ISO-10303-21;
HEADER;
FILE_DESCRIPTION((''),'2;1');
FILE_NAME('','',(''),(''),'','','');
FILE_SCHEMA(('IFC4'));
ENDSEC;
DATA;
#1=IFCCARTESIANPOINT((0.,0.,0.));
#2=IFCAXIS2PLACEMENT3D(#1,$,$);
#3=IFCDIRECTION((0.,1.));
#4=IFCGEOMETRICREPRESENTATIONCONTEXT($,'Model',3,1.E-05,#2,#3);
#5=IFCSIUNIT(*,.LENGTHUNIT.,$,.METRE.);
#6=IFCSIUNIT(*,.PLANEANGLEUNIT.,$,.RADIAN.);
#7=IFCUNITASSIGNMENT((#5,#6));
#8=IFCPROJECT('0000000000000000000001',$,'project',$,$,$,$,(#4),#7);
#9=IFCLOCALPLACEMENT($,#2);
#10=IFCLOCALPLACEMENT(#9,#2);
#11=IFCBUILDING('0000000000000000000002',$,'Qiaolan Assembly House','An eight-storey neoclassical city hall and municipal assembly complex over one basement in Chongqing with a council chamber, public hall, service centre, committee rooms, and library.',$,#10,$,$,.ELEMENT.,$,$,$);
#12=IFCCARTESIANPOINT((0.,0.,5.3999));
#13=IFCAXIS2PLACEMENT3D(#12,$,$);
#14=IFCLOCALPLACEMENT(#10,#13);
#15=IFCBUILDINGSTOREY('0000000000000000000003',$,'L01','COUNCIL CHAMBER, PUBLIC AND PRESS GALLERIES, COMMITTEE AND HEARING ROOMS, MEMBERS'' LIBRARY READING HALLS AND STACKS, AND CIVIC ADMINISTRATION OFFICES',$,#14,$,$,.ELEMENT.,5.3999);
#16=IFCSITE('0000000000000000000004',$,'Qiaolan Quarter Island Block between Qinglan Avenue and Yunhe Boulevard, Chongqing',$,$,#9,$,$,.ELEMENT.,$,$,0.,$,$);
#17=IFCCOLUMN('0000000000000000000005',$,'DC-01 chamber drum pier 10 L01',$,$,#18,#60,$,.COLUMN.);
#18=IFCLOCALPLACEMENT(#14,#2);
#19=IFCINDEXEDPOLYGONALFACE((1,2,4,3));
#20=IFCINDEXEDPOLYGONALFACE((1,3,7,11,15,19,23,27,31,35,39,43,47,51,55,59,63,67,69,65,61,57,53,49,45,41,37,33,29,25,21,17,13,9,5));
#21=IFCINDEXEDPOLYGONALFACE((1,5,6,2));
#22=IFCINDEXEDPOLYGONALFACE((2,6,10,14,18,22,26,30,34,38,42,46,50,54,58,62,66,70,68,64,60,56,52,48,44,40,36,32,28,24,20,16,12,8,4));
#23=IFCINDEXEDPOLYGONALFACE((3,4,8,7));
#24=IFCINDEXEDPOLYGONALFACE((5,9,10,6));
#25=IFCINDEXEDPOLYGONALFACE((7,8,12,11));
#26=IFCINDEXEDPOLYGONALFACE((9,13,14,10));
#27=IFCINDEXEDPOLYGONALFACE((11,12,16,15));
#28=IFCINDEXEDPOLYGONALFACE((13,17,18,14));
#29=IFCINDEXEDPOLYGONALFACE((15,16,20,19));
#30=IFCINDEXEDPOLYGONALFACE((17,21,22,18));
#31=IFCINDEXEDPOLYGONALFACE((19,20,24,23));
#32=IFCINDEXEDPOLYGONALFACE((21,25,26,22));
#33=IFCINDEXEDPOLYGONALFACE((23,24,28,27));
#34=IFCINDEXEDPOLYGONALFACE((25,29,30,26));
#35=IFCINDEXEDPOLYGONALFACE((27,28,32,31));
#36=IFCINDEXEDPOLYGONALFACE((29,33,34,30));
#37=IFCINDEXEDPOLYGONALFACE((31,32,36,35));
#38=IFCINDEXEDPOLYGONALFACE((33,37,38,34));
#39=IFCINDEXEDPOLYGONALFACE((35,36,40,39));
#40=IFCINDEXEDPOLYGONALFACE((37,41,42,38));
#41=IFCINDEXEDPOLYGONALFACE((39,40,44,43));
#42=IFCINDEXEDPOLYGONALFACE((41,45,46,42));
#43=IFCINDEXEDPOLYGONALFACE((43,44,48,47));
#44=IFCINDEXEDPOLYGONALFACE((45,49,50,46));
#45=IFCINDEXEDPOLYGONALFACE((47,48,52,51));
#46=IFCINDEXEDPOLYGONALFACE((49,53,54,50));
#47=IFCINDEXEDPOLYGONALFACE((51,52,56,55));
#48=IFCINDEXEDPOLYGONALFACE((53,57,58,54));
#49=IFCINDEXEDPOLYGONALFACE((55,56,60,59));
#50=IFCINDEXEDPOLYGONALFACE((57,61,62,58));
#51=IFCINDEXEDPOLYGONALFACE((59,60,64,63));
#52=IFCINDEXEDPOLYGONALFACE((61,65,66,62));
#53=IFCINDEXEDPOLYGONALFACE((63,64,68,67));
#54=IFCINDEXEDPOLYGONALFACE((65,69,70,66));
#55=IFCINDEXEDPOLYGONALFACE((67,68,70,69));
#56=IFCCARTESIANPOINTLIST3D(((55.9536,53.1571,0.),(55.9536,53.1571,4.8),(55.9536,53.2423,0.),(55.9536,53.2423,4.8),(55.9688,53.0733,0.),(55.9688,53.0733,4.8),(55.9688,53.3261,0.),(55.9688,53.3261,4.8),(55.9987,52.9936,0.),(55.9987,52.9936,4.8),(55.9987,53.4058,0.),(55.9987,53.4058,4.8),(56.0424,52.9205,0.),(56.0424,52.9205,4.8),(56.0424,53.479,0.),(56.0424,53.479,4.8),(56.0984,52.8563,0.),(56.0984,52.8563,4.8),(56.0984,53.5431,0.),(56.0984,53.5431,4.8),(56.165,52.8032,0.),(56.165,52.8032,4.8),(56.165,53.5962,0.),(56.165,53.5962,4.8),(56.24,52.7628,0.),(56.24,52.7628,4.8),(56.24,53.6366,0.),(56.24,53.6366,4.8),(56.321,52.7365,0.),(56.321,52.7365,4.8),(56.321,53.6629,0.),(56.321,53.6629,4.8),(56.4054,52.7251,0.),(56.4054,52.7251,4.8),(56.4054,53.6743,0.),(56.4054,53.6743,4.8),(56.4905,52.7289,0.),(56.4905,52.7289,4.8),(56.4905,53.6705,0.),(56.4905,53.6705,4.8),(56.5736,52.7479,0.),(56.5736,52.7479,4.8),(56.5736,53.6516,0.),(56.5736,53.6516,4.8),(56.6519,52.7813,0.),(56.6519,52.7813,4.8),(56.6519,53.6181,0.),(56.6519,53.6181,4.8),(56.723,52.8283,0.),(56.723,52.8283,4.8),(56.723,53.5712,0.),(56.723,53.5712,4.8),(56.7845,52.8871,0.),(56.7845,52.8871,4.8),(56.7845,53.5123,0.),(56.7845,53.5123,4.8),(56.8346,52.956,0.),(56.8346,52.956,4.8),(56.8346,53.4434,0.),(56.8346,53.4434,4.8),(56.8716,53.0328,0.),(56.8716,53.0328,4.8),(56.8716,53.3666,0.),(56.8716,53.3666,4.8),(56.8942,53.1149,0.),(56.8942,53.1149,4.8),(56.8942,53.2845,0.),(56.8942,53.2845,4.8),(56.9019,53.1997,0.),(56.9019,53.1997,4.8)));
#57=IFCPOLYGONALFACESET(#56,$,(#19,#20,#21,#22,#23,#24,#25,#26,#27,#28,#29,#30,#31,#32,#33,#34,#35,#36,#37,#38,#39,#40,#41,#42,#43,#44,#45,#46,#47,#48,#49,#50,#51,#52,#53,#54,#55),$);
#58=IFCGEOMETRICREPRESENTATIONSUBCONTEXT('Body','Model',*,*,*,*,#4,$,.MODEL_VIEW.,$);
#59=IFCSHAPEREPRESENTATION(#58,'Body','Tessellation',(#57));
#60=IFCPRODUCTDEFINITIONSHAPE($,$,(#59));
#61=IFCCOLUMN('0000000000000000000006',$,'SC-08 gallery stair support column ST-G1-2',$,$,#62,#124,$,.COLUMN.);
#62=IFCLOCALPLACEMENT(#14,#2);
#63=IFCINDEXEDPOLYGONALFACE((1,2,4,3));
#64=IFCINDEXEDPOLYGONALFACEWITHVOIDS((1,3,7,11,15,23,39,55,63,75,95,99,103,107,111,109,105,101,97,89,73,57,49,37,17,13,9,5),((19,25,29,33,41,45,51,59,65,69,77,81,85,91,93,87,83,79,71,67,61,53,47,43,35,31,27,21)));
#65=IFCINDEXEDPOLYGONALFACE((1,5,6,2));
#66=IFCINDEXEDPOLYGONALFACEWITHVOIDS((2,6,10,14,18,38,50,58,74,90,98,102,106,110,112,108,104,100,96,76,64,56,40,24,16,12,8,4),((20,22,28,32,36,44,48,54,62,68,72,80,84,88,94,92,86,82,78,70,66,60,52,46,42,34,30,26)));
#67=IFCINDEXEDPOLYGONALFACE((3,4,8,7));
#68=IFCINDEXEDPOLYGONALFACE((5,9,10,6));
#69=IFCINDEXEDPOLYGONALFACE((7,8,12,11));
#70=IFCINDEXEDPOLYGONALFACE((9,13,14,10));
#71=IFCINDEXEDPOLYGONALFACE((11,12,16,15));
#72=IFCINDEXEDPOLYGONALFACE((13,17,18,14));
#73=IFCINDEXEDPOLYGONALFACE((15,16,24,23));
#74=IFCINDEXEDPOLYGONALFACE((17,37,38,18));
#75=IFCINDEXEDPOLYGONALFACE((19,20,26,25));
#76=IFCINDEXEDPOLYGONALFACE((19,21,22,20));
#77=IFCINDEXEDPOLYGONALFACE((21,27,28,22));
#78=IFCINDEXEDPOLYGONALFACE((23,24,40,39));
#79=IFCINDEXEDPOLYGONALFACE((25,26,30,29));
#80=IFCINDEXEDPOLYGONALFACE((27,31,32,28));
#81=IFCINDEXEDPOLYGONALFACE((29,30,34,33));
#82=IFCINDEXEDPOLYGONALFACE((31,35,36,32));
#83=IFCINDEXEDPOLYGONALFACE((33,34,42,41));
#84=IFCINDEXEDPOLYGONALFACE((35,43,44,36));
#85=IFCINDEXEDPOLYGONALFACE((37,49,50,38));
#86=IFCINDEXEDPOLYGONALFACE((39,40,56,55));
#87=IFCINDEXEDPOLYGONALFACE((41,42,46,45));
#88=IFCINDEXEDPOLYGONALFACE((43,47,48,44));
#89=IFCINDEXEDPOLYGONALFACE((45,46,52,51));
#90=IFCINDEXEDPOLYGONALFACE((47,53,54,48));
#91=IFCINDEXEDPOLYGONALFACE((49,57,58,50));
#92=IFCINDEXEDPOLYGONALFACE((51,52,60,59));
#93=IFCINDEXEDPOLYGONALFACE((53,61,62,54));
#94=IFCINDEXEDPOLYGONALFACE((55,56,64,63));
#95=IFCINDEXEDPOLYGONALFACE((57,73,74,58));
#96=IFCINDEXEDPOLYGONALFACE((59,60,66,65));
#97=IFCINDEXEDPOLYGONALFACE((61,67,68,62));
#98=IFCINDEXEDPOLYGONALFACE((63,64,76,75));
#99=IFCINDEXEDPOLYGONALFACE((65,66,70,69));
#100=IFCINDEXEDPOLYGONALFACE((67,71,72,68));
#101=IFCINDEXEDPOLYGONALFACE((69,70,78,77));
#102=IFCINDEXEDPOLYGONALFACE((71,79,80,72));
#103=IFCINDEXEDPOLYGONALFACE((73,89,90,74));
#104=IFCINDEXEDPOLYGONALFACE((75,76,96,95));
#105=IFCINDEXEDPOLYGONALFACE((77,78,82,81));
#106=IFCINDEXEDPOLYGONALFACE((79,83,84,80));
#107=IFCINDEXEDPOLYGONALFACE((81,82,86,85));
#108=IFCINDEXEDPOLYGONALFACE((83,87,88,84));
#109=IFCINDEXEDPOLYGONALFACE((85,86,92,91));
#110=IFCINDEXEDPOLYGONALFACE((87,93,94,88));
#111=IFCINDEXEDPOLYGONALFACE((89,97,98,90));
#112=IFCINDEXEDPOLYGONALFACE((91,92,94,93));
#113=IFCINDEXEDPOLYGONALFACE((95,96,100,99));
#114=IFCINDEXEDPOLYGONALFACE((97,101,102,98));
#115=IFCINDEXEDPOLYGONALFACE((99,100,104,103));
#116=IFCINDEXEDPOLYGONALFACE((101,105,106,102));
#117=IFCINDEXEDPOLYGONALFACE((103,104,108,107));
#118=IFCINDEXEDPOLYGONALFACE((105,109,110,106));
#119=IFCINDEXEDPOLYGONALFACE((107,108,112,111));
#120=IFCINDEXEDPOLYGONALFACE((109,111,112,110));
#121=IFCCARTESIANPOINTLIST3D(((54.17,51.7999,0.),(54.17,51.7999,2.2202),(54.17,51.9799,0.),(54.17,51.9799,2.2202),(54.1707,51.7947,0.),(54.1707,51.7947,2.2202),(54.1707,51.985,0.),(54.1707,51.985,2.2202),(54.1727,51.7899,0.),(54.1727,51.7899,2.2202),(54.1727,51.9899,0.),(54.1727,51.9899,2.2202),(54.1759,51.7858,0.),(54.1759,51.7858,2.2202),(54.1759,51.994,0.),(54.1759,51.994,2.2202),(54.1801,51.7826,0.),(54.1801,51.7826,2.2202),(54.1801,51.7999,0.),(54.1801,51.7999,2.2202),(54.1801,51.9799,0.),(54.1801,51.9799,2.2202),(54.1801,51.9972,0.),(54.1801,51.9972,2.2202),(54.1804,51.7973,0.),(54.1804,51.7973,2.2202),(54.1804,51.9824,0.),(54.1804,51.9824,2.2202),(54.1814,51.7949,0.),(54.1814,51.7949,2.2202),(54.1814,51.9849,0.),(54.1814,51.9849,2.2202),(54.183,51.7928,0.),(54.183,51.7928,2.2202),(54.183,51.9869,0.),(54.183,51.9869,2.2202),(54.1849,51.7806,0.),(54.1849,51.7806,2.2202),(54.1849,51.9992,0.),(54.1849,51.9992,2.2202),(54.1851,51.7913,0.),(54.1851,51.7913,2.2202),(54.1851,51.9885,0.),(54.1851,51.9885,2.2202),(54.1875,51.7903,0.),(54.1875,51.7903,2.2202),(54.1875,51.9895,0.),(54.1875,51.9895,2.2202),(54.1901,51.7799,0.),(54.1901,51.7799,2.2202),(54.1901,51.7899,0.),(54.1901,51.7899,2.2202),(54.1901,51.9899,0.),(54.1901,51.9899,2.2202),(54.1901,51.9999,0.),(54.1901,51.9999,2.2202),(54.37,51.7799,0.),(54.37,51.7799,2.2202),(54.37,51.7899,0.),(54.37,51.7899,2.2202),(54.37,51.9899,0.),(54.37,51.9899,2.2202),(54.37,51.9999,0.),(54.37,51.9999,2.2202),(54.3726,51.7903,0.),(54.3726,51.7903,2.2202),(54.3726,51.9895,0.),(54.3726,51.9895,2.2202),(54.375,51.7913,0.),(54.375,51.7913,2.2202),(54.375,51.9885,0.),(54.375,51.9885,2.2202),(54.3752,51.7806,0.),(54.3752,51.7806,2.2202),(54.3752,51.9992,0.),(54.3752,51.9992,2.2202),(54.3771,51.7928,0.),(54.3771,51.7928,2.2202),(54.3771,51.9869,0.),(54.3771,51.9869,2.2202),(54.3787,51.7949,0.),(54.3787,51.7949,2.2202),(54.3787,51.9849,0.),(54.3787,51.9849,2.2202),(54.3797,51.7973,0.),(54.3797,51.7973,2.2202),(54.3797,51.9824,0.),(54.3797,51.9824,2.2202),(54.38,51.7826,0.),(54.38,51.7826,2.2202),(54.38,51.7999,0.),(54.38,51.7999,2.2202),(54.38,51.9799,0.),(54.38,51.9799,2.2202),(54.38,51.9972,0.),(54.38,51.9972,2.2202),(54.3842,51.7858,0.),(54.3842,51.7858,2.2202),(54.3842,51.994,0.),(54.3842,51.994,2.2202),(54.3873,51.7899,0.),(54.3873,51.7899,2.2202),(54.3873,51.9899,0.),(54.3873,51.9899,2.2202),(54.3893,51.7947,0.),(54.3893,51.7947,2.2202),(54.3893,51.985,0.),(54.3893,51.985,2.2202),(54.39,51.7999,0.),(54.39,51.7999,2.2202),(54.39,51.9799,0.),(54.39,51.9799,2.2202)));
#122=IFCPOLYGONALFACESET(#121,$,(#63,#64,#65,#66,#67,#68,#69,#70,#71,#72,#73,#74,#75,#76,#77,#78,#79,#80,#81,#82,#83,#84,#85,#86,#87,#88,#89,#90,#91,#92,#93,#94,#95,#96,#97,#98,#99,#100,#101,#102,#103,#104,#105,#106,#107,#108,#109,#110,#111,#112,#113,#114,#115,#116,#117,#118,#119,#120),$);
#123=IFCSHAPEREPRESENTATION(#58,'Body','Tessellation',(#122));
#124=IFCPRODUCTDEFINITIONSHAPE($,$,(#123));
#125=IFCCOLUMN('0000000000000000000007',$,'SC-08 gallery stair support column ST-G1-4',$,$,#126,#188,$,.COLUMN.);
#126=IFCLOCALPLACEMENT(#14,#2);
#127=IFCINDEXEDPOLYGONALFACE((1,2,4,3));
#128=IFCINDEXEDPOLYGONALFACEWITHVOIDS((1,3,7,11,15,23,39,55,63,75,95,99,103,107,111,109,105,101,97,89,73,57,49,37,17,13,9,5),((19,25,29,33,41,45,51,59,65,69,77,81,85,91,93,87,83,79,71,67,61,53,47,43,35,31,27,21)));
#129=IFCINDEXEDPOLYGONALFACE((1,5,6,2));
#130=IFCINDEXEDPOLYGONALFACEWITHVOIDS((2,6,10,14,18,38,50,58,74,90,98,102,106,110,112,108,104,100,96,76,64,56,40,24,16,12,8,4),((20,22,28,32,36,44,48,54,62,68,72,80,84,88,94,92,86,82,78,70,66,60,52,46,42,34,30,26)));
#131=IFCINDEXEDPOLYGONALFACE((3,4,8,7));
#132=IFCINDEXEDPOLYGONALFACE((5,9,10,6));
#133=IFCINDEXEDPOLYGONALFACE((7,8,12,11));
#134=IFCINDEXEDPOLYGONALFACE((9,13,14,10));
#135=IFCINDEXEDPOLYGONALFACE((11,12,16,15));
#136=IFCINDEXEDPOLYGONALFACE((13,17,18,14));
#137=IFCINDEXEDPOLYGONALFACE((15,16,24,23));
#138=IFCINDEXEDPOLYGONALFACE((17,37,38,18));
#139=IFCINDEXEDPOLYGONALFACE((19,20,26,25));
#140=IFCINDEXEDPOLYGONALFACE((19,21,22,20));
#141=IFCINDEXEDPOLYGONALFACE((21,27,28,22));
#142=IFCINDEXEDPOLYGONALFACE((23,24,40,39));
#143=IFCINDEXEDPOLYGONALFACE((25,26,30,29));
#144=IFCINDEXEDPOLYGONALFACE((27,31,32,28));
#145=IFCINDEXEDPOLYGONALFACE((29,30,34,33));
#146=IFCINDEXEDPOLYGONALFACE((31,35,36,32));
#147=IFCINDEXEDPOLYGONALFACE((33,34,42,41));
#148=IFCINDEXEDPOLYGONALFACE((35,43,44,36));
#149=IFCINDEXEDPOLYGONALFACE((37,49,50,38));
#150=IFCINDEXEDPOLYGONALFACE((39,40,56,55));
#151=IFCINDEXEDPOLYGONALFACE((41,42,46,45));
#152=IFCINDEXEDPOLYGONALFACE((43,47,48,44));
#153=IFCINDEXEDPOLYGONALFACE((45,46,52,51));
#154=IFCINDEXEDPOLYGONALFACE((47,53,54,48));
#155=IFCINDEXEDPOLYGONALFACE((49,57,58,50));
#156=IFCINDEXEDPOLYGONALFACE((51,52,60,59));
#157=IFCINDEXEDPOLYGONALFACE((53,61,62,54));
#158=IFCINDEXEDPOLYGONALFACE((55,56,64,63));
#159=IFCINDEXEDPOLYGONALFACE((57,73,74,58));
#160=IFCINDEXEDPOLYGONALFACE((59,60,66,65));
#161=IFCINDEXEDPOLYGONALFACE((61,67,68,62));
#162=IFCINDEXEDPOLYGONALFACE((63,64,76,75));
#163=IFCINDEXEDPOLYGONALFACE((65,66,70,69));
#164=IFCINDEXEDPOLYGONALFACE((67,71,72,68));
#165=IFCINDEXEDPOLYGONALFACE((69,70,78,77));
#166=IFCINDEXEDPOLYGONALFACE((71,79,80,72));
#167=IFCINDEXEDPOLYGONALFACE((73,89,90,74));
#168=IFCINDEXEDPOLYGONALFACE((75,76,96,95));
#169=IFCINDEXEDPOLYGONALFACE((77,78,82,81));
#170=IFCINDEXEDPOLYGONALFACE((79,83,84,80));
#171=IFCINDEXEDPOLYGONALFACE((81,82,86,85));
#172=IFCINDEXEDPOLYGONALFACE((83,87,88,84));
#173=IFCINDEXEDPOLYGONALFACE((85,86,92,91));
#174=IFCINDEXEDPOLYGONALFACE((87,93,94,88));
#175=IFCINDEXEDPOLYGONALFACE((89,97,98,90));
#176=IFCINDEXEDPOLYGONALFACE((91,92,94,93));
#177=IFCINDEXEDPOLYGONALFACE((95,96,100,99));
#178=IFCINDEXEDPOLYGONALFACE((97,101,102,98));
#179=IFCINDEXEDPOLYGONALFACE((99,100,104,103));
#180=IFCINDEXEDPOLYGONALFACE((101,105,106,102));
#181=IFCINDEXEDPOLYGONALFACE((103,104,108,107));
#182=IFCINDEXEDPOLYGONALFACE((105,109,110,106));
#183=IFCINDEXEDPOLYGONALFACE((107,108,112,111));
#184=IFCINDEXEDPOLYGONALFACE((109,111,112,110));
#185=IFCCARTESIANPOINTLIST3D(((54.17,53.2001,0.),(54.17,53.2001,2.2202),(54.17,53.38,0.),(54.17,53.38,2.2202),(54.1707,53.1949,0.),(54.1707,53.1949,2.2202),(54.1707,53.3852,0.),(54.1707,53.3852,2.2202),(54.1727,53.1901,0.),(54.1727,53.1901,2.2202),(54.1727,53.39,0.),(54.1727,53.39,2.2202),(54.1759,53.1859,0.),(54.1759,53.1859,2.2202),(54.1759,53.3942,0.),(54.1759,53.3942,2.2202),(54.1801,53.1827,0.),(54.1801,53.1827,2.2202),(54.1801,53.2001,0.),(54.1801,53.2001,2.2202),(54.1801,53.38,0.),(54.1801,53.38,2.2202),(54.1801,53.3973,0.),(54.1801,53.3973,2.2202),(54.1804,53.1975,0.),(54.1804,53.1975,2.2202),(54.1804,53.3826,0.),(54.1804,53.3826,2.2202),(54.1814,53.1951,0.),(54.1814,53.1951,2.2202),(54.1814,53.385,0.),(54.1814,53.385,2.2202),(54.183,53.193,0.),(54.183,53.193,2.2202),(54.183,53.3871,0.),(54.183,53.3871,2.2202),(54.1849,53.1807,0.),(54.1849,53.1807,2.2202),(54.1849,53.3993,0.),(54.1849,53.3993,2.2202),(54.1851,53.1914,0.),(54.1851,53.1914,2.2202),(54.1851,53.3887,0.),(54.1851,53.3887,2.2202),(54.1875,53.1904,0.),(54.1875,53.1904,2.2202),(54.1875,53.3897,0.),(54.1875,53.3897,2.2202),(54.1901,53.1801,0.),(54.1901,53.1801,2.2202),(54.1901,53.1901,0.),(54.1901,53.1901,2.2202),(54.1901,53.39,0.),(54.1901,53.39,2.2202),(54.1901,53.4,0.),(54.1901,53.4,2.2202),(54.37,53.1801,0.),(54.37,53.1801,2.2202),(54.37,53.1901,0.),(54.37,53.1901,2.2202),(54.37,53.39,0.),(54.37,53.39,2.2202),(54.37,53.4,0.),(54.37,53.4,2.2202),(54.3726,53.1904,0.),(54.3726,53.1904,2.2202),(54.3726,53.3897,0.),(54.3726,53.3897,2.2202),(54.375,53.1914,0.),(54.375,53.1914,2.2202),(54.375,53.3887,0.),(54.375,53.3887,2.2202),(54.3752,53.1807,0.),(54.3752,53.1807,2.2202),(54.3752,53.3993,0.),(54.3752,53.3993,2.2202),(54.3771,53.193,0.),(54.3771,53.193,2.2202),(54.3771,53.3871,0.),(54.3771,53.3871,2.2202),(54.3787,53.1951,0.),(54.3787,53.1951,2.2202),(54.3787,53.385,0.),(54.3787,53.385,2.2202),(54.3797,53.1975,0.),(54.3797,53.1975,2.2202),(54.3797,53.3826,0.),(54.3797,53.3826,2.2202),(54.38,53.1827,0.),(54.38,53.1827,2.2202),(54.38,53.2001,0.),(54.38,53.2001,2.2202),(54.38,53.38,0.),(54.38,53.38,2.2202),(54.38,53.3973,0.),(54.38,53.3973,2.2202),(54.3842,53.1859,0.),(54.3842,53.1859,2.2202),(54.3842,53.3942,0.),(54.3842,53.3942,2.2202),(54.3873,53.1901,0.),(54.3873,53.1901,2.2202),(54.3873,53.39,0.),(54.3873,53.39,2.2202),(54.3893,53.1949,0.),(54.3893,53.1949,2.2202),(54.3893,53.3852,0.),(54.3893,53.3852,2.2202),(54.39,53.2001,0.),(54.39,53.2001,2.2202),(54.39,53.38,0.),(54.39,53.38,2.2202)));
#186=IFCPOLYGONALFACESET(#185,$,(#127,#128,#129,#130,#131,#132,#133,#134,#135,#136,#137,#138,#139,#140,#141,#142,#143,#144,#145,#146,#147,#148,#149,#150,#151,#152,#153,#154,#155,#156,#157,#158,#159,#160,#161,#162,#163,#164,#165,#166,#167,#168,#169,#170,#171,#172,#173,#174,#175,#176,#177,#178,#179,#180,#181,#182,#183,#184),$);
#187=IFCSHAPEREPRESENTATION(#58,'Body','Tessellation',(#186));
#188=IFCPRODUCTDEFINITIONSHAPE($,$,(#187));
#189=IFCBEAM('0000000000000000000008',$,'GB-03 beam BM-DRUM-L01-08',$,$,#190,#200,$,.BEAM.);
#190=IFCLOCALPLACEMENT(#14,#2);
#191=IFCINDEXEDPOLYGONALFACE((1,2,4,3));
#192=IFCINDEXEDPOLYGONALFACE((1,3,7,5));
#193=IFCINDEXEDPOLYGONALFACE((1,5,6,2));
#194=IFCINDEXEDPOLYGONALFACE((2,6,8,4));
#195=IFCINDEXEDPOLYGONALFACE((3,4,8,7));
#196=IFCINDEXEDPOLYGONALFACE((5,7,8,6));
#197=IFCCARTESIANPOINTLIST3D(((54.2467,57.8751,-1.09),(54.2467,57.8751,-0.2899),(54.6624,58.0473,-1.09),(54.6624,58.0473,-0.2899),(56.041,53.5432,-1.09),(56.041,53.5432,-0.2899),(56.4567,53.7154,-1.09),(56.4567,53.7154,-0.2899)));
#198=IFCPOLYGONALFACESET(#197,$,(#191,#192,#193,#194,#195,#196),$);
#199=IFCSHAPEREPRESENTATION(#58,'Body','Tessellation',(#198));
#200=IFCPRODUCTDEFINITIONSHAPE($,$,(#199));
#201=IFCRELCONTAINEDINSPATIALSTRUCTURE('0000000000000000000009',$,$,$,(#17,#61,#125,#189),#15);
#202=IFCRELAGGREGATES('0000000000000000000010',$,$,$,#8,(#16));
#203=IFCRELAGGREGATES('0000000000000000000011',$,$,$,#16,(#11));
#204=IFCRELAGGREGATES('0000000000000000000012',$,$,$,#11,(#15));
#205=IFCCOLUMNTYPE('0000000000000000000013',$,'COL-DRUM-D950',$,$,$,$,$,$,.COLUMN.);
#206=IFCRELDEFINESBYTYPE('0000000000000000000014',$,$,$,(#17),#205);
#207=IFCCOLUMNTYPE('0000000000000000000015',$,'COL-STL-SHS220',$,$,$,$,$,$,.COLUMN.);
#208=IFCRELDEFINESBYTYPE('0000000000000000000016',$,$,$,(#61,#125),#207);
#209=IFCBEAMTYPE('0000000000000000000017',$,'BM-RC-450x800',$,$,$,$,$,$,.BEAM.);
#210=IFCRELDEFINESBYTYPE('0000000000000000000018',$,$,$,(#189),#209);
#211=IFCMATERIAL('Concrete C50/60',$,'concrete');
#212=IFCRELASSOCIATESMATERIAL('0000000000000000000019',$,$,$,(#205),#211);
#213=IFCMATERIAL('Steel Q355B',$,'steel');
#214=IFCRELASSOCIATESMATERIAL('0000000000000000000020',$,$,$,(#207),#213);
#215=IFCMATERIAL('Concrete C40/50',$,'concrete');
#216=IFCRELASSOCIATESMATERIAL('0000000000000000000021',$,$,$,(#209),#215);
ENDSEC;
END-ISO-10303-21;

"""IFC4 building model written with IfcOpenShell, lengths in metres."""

from ifc_helpers import new_model, si_unit, direction, frame, origin, origin_2d, place, context, subcontext, project, spatial, rectangle, hollow_rectangle, circle, extrude, material, material_profile, profile_set, type_object, element, save


model = new_model("IFC4")

# Units and contexts
model_context = context("Model", 3, precision=1e-05, world=origin(), true_north=direction((0.0, 1.0)))
body_context = subcontext(model_context, "Body", "Model", "MODEL_VIEW")
ifc_project = project(units=[si_unit("LENGTHUNIT", "METRE"), si_unit("PLANEANGLEUNIT", "RADIAN")], contexts=[model_context])

# Site, building, storey
site_placement = place(None, origin())
site = spatial("IfcSite", under=ifc_project, at=site_placement, Name="Qiaolan Quarter Island Block between Qinglan Avenue and Yunhe Boulevard, Chongqing", CompositionType="ELEMENT", RefElevation=0.0)
building_placement = place(site_placement, origin())
building = spatial("IfcBuilding", under=site, at=building_placement, Name="Qiaolan Assembly House", Description="An eight-storey neoclassical city hall and municipal assembly complex over one basement in Chongqing with a council chamber, public hall, service centre, committee rooms, and library.", CompositionType="ELEMENT")
storey_placement = place(building_placement, frame((0.0, 0.0, 5.3999)))
storey = spatial("IfcBuildingStorey", under=building, at=storey_placement, Name="L01", Description="COUNCIL CHAMBER, PUBLIC AND PRESS GALLERIES, COMMITTEE AND HEARING ROOMS, MEMBERS' LIBRARY READING HALLS AND STACKS, AND CIVIC ADMINISTRATION OFFICES", CompositionType="ELEMENT", Elevation=5.3999)

# Columns
ifc_material_1 = material(Name="Concrete C50/60", Category="concrete")
ifc_material_profile_1 = material_profile(ifc_material_1, circle(Radius=0.4751, at=origin_2d()), Name="CIRC D950")
ifc_profile_set_1 = profile_set([ifc_material_profile_1], Name="Concrete C50/60")
column_type_1 = type_object("IfcColumnType", Name="COL-DRUM-D950", PredefinedType="COLUMN", material=ifc_profile_set_1)
column_placement = place(storey_placement, frame((56.4268, 53.1997, 0.0), z_axis=(0.0, 0.0, 1.0), x_axis=(1.0, 0.0, 0.0)))
element("IfcColumn", 1, at=column_placement, inside=storey, type_object=column_type_1, Name="DC-01 chamber drum pier 10 L01", PredefinedType="COLUMN", context=body_context, shape_type="SweptSolid", body=[
    extrude(circle(Radius=0.4751, at=origin_2d()), origin(), (0.0, 0.0, 1.0), 4.8),
])
ifc_material_2 = material(Name="Steel Q355B", Category="steel")
ifc_material_profile_2 = material_profile(ifc_material_2, hollow_rectangle(XDim=0.22, YDim=0.22, WallThickness=0.01, InnerFilletRadius=0.01, OuterFilletRadius=0.02, at=origin_2d()), Name="SHS 220x220x10")
ifc_profile_set_2 = profile_set([ifc_material_profile_2], Name="Steel Q355B")
column_type_2 = type_object("IfcColumnType", Name="COL-STL-SHS220", PredefinedType="COLUMN", material=ifc_profile_set_2)
for number, where, z_axis, x_axis, name in (
    (2, (54.28, 51.8899, 0.0), (0.0, 0.0, 1.0), (1.0, 0.0, 0.0), "SC-08 gallery stair support column ST-G1-2"),
    (3, (54.28, 53.29, 0.0), (0.0, 0.0, 1.0), (1.0, 0.0, 0.0), "SC-08 gallery stair support column ST-G1-4"),
):
    element("IfcColumn", number, at=place(storey_placement, frame(where, z_axis=z_axis, x_axis=x_axis)), inside=storey, type_object=column_type_2, Name=name, PredefinedType="COLUMN", context=body_context, shape_type="SweptSolid", body=[
        extrude(hollow_rectangle(XDim=0.22, YDim=0.22, WallThickness=0.01, InnerFilletRadius=0.01, OuterFilletRadius=0.02, at=origin_2d()), origin(), (0.0, 0.0, 1.0), 2.2202),
    ])

# Beam
ifc_material_3 = material(Name="Concrete C40/50", Category="concrete")
ifc_material_profile_3 = material_profile(ifc_material_3, rectangle(XDim=0.45, YDim=0.8, at=origin_2d()), Name="RCB 450x800")
ifc_profile_set_3 = profile_set([ifc_material_profile_3], Name="Concrete C40/50")
beam_type_1 = type_object("IfcBeamType", Name="BM-RC-450x800", PredefinedType="BEAM", material=ifc_profile_set_3)
for number, where, z_axis, x_axis, name in (
    (4, (54.4546, 57.9612, -0.6899), (0.382666, -0.923887, 0.0), (0.923887, 0.382666, 0.0), "GB-03 beam BM-DRUM-L01-08"),
):
    element("IfcBeam", number, at=place(storey_placement, frame(where, z_axis=z_axis, x_axis=x_axis)), inside=storey, type_object=beam_type_1, Name=name, PredefinedType="BEAM", context=body_context, shape_type="SweptSolid", body=[
        extrude(rectangle(XDim=0.45, YDim=0.8, at=origin_2d()), origin(), (0.0, 0.0, 1.0), 4.6887),
    ])

save(model, "model.ifc")
